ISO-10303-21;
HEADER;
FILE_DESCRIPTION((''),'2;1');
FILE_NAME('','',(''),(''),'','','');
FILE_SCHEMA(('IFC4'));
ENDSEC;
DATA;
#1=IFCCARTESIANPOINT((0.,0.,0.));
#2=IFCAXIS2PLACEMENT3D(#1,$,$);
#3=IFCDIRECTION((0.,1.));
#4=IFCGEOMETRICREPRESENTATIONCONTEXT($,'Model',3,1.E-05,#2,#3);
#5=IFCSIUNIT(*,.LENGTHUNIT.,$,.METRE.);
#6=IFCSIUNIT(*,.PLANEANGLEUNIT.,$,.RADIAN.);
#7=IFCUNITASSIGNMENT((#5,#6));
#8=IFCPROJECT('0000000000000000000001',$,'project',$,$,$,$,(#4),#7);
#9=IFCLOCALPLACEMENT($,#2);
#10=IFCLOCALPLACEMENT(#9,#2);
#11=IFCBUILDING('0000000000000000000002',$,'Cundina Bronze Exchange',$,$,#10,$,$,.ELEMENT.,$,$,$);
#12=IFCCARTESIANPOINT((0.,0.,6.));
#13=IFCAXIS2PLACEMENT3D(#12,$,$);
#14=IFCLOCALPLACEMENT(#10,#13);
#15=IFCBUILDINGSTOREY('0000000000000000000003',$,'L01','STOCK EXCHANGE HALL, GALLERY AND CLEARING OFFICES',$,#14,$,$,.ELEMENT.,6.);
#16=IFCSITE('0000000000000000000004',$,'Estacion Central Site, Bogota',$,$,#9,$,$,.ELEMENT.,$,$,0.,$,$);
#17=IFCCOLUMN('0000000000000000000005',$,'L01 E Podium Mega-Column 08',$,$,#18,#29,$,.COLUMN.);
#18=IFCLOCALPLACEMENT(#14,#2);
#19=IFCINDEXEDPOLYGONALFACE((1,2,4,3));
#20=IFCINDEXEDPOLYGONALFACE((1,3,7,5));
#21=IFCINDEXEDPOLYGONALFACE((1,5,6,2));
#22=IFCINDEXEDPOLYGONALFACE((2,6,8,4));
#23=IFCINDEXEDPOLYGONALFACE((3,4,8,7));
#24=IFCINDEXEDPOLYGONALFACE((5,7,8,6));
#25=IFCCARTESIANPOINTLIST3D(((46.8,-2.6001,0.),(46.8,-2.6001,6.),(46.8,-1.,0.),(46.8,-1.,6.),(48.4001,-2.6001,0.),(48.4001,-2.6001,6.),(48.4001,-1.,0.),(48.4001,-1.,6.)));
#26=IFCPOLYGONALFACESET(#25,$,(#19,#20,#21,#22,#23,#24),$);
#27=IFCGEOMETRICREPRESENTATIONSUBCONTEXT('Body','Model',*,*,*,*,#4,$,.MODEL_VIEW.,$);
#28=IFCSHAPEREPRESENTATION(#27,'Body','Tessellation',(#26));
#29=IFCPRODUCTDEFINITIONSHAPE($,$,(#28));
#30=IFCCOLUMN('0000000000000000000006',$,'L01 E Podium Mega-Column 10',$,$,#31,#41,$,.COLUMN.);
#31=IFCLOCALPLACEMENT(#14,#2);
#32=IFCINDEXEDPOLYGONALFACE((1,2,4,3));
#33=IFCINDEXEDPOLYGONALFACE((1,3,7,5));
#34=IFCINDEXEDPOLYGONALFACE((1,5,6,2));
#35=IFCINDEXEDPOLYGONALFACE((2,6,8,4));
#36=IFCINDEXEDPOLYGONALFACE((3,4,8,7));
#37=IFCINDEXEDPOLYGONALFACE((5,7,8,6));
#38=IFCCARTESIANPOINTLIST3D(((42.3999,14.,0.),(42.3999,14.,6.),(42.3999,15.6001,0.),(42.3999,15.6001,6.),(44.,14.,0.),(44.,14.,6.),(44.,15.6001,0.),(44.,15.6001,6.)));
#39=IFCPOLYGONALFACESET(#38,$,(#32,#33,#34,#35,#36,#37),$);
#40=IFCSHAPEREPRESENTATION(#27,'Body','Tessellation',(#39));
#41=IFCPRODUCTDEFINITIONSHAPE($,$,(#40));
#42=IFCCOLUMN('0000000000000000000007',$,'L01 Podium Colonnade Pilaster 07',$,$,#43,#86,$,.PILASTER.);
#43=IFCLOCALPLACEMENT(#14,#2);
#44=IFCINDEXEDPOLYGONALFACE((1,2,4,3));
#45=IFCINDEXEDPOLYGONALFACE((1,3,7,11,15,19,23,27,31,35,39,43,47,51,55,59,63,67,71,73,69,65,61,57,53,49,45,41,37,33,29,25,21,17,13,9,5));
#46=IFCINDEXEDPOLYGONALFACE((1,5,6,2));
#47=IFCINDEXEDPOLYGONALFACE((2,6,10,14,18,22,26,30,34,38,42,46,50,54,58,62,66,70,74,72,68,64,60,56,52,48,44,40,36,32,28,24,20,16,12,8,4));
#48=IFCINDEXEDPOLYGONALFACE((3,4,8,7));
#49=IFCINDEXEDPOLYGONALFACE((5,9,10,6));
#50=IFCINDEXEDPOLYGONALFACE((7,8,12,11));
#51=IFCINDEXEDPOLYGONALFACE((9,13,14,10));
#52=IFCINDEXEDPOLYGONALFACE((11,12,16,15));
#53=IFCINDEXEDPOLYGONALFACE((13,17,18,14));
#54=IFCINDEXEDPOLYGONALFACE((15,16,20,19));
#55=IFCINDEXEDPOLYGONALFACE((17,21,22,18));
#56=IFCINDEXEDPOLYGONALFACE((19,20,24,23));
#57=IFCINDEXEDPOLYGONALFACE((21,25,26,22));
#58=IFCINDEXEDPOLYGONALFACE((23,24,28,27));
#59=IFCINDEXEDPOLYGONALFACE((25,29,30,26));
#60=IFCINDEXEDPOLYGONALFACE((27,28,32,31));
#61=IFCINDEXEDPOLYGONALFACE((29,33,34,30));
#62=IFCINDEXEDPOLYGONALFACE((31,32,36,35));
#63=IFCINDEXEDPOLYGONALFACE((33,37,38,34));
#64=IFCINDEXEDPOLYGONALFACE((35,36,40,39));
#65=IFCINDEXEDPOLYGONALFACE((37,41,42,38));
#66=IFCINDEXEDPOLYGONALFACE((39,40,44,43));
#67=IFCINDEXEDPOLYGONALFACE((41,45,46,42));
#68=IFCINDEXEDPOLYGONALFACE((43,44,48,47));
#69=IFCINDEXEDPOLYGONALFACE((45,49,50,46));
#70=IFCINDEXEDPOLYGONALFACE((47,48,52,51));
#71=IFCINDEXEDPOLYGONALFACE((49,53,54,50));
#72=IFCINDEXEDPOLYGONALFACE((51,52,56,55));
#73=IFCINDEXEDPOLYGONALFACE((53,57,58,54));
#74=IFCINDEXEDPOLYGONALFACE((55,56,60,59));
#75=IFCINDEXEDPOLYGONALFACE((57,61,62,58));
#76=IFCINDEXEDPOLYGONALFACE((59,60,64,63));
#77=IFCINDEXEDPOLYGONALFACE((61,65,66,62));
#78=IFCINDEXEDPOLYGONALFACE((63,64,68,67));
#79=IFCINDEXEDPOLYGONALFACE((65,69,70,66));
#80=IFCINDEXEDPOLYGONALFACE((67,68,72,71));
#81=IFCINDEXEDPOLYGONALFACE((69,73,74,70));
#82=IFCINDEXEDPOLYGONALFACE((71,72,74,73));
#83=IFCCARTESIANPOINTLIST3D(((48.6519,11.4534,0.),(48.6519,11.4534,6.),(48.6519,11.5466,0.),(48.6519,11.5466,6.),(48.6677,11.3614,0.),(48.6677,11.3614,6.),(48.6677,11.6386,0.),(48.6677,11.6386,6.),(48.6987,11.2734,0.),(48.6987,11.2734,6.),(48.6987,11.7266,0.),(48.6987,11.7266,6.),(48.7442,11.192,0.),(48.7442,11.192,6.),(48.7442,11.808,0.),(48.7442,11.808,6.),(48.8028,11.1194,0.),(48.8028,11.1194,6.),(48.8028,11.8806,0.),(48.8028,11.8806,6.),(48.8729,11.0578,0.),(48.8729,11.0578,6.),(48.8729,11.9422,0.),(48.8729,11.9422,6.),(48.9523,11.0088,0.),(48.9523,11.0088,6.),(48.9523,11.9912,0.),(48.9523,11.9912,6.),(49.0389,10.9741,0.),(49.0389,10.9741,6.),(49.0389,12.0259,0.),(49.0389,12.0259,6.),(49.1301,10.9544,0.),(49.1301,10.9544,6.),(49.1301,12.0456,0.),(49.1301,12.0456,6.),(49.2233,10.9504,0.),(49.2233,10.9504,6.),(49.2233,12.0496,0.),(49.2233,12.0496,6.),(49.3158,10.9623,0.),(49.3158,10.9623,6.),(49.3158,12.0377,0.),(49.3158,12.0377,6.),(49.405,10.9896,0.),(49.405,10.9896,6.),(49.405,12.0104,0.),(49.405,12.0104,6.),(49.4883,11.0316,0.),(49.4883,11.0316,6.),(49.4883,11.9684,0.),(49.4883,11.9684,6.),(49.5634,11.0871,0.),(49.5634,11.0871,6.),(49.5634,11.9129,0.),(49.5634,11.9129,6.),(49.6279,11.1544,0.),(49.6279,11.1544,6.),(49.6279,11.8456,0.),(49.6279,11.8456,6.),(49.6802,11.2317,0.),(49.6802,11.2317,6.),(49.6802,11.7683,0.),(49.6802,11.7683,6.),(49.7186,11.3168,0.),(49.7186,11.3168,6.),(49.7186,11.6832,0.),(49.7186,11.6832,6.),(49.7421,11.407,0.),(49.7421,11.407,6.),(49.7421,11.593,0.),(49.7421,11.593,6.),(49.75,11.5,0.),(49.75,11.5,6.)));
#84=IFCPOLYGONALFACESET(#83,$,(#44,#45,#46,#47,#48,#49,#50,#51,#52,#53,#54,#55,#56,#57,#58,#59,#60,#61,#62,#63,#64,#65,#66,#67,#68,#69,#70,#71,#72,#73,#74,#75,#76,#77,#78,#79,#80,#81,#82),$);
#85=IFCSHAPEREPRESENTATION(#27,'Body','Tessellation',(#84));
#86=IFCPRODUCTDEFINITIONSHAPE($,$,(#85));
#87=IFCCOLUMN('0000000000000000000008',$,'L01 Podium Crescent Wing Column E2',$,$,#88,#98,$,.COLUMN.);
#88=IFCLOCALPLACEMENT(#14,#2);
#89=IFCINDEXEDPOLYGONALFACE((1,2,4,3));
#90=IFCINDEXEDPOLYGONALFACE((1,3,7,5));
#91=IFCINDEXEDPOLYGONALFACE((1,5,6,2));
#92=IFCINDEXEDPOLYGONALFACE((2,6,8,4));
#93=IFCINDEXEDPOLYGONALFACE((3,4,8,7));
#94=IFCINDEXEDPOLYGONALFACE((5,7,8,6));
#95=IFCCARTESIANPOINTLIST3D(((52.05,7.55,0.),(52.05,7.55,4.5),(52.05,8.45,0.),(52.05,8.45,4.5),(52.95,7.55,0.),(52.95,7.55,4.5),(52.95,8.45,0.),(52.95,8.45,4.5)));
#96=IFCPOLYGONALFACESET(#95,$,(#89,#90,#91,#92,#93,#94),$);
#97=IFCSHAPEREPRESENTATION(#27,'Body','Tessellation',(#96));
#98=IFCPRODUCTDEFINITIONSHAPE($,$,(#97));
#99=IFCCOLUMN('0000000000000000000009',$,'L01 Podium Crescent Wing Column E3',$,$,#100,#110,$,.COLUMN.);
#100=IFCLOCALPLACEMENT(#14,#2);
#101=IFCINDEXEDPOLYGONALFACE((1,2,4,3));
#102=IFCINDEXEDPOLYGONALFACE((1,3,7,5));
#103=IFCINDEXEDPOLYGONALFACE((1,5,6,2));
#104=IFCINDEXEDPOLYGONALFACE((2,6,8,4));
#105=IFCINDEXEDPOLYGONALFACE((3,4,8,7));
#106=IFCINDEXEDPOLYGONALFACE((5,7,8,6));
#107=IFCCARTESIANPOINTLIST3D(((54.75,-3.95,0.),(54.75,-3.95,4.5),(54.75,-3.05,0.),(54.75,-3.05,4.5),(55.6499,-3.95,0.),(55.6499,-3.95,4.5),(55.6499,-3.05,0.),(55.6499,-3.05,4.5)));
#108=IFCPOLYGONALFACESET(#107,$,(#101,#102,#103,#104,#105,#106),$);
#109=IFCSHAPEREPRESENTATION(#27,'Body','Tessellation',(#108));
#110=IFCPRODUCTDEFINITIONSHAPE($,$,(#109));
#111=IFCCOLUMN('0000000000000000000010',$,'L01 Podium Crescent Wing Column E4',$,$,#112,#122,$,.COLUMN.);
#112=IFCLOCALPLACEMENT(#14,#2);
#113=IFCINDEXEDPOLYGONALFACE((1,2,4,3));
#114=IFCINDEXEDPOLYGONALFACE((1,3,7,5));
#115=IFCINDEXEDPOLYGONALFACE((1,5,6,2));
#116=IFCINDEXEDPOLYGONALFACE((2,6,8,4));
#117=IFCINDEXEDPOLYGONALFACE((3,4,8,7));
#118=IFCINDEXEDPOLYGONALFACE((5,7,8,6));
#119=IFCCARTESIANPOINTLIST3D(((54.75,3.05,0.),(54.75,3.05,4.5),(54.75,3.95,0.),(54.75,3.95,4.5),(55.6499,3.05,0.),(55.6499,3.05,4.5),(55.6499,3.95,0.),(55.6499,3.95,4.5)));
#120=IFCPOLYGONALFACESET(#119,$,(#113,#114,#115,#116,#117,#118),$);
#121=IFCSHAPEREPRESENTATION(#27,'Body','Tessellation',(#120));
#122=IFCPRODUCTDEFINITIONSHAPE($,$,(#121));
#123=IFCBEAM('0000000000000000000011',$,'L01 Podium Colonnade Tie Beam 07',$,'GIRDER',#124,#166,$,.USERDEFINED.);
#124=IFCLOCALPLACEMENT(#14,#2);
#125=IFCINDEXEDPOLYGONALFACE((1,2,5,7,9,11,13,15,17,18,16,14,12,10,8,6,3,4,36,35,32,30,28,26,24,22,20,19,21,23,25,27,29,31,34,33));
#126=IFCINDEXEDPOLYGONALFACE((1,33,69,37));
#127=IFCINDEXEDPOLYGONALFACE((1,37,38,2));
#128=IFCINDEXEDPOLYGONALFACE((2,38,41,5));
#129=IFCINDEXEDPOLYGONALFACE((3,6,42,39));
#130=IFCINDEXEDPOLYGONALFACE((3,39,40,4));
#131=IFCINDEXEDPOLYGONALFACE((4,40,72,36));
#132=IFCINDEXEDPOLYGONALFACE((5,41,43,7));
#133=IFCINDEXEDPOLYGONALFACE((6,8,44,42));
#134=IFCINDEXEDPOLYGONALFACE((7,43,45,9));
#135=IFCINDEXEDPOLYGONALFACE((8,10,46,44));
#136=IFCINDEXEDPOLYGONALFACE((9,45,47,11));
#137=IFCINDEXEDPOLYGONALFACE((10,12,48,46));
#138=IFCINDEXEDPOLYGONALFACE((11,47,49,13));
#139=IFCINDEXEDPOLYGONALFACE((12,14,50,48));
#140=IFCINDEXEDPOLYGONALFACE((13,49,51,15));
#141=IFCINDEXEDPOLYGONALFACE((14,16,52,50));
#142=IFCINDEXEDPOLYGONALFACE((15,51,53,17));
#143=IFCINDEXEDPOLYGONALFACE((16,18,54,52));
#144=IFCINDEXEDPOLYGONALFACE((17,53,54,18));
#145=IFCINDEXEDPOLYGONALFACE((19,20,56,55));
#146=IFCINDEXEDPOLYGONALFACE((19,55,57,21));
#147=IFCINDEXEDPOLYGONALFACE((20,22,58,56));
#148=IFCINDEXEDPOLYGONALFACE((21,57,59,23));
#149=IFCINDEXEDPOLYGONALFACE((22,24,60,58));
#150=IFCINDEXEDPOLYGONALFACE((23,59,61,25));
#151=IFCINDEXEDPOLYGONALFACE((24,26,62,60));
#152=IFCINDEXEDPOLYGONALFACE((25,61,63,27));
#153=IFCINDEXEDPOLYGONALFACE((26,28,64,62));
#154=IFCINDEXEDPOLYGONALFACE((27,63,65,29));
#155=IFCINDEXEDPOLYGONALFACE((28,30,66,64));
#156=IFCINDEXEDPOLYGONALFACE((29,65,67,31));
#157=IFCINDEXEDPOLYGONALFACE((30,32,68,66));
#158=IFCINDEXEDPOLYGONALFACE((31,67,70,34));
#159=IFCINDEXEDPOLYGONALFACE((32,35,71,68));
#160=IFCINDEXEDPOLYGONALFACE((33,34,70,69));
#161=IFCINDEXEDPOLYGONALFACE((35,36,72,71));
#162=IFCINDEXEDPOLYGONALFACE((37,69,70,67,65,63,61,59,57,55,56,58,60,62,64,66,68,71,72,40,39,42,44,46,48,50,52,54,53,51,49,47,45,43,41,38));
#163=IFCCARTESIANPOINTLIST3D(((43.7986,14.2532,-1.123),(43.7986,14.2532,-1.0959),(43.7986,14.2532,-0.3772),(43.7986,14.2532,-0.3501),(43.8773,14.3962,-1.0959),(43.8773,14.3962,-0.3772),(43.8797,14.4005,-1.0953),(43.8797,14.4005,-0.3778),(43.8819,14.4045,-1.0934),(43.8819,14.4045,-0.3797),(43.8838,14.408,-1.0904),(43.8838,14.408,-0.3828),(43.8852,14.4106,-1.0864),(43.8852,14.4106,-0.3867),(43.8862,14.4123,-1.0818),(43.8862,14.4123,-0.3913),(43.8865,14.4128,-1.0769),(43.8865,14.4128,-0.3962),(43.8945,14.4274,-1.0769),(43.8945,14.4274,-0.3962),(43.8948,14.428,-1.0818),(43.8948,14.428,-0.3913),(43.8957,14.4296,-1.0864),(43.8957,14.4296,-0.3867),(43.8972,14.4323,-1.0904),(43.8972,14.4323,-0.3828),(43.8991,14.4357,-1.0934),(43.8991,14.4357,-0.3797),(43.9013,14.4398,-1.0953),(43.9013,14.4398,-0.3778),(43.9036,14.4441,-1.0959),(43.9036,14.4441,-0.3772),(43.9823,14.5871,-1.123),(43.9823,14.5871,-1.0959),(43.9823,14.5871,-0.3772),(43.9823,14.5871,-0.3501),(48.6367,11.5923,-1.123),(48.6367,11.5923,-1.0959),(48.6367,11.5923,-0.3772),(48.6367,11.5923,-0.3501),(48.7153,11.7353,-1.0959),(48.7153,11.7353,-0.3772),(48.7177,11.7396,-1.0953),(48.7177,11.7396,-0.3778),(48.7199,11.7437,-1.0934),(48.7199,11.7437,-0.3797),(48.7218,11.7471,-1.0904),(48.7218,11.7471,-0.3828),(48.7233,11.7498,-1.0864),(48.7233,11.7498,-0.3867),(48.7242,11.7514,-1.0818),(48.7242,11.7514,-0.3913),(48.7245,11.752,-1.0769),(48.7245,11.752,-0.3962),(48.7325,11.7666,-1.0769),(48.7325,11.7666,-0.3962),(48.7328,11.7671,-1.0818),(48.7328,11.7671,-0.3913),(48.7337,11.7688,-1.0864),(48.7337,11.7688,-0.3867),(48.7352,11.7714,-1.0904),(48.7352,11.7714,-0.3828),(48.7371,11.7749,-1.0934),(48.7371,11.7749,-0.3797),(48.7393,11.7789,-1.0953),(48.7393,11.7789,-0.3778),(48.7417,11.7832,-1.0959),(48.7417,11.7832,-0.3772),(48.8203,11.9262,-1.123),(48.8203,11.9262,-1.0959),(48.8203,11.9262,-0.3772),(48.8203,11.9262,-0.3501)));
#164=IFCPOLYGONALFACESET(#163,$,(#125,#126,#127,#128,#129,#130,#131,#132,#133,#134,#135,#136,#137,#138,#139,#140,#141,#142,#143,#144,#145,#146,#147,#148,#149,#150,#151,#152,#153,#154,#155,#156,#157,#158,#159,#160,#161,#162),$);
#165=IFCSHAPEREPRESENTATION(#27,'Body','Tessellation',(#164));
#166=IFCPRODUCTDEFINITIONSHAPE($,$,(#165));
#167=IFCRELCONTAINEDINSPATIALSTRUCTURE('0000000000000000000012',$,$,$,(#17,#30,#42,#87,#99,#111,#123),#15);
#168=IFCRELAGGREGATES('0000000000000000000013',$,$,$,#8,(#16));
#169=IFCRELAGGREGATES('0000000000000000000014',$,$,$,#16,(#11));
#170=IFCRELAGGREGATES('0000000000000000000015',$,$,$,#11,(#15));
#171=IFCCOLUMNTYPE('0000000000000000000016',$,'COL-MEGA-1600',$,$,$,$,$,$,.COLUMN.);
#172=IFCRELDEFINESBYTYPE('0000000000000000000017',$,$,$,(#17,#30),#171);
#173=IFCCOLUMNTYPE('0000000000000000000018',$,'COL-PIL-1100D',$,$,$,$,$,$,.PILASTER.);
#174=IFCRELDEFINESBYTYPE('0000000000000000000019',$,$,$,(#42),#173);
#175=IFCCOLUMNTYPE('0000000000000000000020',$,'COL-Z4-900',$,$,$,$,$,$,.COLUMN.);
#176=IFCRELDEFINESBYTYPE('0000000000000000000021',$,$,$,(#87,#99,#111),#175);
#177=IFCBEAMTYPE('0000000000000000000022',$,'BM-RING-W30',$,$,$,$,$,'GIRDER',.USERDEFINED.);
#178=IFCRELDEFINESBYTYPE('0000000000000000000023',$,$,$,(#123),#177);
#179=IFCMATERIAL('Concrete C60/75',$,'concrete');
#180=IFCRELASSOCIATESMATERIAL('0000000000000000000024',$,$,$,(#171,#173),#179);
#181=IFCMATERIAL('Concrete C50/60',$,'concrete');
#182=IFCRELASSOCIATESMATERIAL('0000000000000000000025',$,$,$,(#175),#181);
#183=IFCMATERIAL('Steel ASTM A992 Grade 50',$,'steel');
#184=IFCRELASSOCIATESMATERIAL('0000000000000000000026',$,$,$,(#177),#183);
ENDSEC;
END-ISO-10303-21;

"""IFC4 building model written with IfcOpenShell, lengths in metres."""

from ifc_helpers import new_model, si_unit, direction, frame, origin, origin_2d, place, context, subcontext, project, spatial, rectangle, circle, i_section, extrude, material, material_profile, profile_set, type_object, element, save


model = new_model("IFC4")

# Units and contexts
model_context = context("Model", 3, precision=1e-05, world=origin(), true_north=direction((0.0, 1.0)))
body_context = subcontext(model_context, "Body", "Model", "MODEL_VIEW")
ifc_project = project(units=[si_unit("LENGTHUNIT", "METRE"), si_unit("PLANEANGLEUNIT", "RADIAN")], contexts=[model_context])

# Site, building, storey
site_placement = place(None, origin())
site = spatial("IfcSite", under=ifc_project, at=site_placement, Name="Estacion Central Site, Bogota", CompositionType="ELEMENT", RefElevation=0.0)
building_placement = place(site_placement, origin())
building = spatial("IfcBuilding", under=site, at=building_placement, Name="Cundina Bronze Exchange", CompositionType="ELEMENT")
storey_placement = place(building_placement, frame((0.0, 0.0, 6.0)))
storey = spatial("IfcBuildingStorey", under=building, at=storey_placement, Name="L01", Description="STOCK EXCHANGE HALL, GALLERY AND CLEARING OFFICES", CompositionType="ELEMENT", Elevation=6.0)

# Columns
ifc_material_1 = material(Name="Concrete C60/75", Category="concrete")
ifc_material_profile_1 = material_profile(ifc_material_1, rectangle(XDim=1.6001, YDim=1.6001, at=origin_2d()), Name="RC1600X1600", Category="concrete")
ifc_profile_set_1 = profile_set([ifc_material_profile_1], Name="Concrete C60/75")
column_type_1 = type_object("IfcColumnType", Name="COL-MEGA-1600", PredefinedType="COLUMN", material=ifc_profile_set_1)
for number, where, z_axis, x_axis, name in (
    (1, (47.6001, -1.8, 0.0), (0.0, 0.0, 1.0), (1.0, 0.0, 0.0), "L01 E Podium Mega-Column 08"),
    (2, (43.2, 14.8, 0.0), (0.0, 0.0, 1.0), (1.0, 0.0, 0.0), "L01 E Podium Mega-Column 10"),
):
    element("IfcColumn", number, at=place(storey_placement, frame(where, z_axis=z_axis, x_axis=x_axis)), inside=storey, type_object=column_type_1, Name=name, PredefinedType="COLUMN", context=body_context, shape_type="SweptSolid", body=[
        extrude(rectangle(XDim=1.6001, YDim=1.6001, at=origin_2d()), origin(), (0.0, 0.0, 1.0), 6.0),
    ])
ifc_material_profile_2 = material_profile(ifc_material_1, circle(Radius=0.55, at=origin_2d()), Name="RC1100D", Category="concrete")
ifc_profile_set_2 = profile_set([ifc_material_profile_2], Name="Concrete C60/75")
column_type_2 = type_object("IfcColumnType", Name="COL-PIL-1100D", PredefinedType="PILASTER", material=ifc_profile_set_2)
column_placement = place(storey_placement, frame((49.2, 11.5, 0.0), z_axis=(0.0, 0.0, 1.0), x_axis=(1.0, 0.0, 0.0)))
element("IfcColumn", 3, at=column_placement, inside=storey, type_object=column_type_2, Name="L01 Podium Colonnade Pilaster 07", PredefinedType="PILASTER", context=body_context, shape_type="SweptSolid", body=[
    extrude(circle(Radius=0.55, at=origin_2d()), origin(), (0.0, 0.0, 1.0), 6.0),
])
ifc_material_2 = material(Name="Concrete C50/60", Category="concrete")
ifc_material_profile_3 = material_profile(ifc_material_2, rectangle(XDim=0.8999, YDim=0.8999, at=origin_2d()), Name="RC900X900", Category="concrete")
ifc_profile_set_3 = profile_set([ifc_material_profile_3], Name="Concrete C50/60")
column_type_3 = type_object("IfcColumnType", Name="COL-Z4-900", PredefinedType="COLUMN", material=ifc_profile_set_3)
for number, where, z_axis, x_axis, name in (
    (4, (52.5, 8.0, 0.0), (0.0, 0.0, 1.0), (1.0, 0.0, 0.0), "L01 Podium Crescent Wing Column E2"),
    (5, (55.2, -3.5, 0.0), (0.0, 0.0, 1.0), (1.0, 0.0, 0.0), "L01 Podium Crescent Wing Column E3"),
    (6, (55.2, 3.5, 0.0), (0.0, 0.0, 1.0), (1.0, 0.0, 0.0), "L01 Podium Crescent Wing Column E4"),
):
    element("IfcColumn", number, at=place(storey_placement, frame(where, z_axis=z_axis, x_axis=x_axis)), inside=storey, type_object=column_type_3, Name=name, PredefinedType="COLUMN", context=body_context, shape_type="SweptSolid", body=[
        extrude(rectangle(XDim=0.8999, YDim=0.8999, at=origin_2d()), origin(), (0.0, 0.0, 1.0), 4.5),
    ])

# Beam
ifc_material_3 = material(Name="Steel ASTM A992 Grade 50", Category="steel")
ifc_material_profile_4 = material_profile(ifc_material_3, i_section(OverallWidth=0.3811, OverallDepth=0.7729, WebThickness=0.0166, FlangeThickness=0.0271, FilletRadius=0.019, at=origin_2d()), Name="W30X173", Category="steel")
ifc_profile_set_4 = profile_set([ifc_material_profile_4], Name="Steel ASTM A992 Grade 50")
beam_type = type_object("IfcBeamType", Name="BM-RING-W30", ElementType="GIRDER", PredefinedType="USERDEFINED", material=ifc_profile_set_4)
beam_1_placement = place(storey_placement, frame((48.7285, 11.7593, -0.7366), z_axis=(-0.876222, 0.481907, 0.0), x_axis=(-0.481907, -0.876222, 0.0)))
element("IfcBeam", 7, at=beam_1_placement, inside=storey, type_object=beam_type, Name="L01 Podium Colonnade Tie Beam 07", ObjectType="GIRDER", PredefinedType="USERDEFINED", context=body_context, shape_type="SweptSolid", body=[
    extrude(i_section(OverallWidth=0.3811, OverallDepth=0.7729, WebThickness=0.0166, FlangeThickness=0.0271, FilletRadius=0.019, at=origin_2d()), origin(), (0.0, 0.0, 1.0), 5.5215),
])

save(model, "model.ifc")
